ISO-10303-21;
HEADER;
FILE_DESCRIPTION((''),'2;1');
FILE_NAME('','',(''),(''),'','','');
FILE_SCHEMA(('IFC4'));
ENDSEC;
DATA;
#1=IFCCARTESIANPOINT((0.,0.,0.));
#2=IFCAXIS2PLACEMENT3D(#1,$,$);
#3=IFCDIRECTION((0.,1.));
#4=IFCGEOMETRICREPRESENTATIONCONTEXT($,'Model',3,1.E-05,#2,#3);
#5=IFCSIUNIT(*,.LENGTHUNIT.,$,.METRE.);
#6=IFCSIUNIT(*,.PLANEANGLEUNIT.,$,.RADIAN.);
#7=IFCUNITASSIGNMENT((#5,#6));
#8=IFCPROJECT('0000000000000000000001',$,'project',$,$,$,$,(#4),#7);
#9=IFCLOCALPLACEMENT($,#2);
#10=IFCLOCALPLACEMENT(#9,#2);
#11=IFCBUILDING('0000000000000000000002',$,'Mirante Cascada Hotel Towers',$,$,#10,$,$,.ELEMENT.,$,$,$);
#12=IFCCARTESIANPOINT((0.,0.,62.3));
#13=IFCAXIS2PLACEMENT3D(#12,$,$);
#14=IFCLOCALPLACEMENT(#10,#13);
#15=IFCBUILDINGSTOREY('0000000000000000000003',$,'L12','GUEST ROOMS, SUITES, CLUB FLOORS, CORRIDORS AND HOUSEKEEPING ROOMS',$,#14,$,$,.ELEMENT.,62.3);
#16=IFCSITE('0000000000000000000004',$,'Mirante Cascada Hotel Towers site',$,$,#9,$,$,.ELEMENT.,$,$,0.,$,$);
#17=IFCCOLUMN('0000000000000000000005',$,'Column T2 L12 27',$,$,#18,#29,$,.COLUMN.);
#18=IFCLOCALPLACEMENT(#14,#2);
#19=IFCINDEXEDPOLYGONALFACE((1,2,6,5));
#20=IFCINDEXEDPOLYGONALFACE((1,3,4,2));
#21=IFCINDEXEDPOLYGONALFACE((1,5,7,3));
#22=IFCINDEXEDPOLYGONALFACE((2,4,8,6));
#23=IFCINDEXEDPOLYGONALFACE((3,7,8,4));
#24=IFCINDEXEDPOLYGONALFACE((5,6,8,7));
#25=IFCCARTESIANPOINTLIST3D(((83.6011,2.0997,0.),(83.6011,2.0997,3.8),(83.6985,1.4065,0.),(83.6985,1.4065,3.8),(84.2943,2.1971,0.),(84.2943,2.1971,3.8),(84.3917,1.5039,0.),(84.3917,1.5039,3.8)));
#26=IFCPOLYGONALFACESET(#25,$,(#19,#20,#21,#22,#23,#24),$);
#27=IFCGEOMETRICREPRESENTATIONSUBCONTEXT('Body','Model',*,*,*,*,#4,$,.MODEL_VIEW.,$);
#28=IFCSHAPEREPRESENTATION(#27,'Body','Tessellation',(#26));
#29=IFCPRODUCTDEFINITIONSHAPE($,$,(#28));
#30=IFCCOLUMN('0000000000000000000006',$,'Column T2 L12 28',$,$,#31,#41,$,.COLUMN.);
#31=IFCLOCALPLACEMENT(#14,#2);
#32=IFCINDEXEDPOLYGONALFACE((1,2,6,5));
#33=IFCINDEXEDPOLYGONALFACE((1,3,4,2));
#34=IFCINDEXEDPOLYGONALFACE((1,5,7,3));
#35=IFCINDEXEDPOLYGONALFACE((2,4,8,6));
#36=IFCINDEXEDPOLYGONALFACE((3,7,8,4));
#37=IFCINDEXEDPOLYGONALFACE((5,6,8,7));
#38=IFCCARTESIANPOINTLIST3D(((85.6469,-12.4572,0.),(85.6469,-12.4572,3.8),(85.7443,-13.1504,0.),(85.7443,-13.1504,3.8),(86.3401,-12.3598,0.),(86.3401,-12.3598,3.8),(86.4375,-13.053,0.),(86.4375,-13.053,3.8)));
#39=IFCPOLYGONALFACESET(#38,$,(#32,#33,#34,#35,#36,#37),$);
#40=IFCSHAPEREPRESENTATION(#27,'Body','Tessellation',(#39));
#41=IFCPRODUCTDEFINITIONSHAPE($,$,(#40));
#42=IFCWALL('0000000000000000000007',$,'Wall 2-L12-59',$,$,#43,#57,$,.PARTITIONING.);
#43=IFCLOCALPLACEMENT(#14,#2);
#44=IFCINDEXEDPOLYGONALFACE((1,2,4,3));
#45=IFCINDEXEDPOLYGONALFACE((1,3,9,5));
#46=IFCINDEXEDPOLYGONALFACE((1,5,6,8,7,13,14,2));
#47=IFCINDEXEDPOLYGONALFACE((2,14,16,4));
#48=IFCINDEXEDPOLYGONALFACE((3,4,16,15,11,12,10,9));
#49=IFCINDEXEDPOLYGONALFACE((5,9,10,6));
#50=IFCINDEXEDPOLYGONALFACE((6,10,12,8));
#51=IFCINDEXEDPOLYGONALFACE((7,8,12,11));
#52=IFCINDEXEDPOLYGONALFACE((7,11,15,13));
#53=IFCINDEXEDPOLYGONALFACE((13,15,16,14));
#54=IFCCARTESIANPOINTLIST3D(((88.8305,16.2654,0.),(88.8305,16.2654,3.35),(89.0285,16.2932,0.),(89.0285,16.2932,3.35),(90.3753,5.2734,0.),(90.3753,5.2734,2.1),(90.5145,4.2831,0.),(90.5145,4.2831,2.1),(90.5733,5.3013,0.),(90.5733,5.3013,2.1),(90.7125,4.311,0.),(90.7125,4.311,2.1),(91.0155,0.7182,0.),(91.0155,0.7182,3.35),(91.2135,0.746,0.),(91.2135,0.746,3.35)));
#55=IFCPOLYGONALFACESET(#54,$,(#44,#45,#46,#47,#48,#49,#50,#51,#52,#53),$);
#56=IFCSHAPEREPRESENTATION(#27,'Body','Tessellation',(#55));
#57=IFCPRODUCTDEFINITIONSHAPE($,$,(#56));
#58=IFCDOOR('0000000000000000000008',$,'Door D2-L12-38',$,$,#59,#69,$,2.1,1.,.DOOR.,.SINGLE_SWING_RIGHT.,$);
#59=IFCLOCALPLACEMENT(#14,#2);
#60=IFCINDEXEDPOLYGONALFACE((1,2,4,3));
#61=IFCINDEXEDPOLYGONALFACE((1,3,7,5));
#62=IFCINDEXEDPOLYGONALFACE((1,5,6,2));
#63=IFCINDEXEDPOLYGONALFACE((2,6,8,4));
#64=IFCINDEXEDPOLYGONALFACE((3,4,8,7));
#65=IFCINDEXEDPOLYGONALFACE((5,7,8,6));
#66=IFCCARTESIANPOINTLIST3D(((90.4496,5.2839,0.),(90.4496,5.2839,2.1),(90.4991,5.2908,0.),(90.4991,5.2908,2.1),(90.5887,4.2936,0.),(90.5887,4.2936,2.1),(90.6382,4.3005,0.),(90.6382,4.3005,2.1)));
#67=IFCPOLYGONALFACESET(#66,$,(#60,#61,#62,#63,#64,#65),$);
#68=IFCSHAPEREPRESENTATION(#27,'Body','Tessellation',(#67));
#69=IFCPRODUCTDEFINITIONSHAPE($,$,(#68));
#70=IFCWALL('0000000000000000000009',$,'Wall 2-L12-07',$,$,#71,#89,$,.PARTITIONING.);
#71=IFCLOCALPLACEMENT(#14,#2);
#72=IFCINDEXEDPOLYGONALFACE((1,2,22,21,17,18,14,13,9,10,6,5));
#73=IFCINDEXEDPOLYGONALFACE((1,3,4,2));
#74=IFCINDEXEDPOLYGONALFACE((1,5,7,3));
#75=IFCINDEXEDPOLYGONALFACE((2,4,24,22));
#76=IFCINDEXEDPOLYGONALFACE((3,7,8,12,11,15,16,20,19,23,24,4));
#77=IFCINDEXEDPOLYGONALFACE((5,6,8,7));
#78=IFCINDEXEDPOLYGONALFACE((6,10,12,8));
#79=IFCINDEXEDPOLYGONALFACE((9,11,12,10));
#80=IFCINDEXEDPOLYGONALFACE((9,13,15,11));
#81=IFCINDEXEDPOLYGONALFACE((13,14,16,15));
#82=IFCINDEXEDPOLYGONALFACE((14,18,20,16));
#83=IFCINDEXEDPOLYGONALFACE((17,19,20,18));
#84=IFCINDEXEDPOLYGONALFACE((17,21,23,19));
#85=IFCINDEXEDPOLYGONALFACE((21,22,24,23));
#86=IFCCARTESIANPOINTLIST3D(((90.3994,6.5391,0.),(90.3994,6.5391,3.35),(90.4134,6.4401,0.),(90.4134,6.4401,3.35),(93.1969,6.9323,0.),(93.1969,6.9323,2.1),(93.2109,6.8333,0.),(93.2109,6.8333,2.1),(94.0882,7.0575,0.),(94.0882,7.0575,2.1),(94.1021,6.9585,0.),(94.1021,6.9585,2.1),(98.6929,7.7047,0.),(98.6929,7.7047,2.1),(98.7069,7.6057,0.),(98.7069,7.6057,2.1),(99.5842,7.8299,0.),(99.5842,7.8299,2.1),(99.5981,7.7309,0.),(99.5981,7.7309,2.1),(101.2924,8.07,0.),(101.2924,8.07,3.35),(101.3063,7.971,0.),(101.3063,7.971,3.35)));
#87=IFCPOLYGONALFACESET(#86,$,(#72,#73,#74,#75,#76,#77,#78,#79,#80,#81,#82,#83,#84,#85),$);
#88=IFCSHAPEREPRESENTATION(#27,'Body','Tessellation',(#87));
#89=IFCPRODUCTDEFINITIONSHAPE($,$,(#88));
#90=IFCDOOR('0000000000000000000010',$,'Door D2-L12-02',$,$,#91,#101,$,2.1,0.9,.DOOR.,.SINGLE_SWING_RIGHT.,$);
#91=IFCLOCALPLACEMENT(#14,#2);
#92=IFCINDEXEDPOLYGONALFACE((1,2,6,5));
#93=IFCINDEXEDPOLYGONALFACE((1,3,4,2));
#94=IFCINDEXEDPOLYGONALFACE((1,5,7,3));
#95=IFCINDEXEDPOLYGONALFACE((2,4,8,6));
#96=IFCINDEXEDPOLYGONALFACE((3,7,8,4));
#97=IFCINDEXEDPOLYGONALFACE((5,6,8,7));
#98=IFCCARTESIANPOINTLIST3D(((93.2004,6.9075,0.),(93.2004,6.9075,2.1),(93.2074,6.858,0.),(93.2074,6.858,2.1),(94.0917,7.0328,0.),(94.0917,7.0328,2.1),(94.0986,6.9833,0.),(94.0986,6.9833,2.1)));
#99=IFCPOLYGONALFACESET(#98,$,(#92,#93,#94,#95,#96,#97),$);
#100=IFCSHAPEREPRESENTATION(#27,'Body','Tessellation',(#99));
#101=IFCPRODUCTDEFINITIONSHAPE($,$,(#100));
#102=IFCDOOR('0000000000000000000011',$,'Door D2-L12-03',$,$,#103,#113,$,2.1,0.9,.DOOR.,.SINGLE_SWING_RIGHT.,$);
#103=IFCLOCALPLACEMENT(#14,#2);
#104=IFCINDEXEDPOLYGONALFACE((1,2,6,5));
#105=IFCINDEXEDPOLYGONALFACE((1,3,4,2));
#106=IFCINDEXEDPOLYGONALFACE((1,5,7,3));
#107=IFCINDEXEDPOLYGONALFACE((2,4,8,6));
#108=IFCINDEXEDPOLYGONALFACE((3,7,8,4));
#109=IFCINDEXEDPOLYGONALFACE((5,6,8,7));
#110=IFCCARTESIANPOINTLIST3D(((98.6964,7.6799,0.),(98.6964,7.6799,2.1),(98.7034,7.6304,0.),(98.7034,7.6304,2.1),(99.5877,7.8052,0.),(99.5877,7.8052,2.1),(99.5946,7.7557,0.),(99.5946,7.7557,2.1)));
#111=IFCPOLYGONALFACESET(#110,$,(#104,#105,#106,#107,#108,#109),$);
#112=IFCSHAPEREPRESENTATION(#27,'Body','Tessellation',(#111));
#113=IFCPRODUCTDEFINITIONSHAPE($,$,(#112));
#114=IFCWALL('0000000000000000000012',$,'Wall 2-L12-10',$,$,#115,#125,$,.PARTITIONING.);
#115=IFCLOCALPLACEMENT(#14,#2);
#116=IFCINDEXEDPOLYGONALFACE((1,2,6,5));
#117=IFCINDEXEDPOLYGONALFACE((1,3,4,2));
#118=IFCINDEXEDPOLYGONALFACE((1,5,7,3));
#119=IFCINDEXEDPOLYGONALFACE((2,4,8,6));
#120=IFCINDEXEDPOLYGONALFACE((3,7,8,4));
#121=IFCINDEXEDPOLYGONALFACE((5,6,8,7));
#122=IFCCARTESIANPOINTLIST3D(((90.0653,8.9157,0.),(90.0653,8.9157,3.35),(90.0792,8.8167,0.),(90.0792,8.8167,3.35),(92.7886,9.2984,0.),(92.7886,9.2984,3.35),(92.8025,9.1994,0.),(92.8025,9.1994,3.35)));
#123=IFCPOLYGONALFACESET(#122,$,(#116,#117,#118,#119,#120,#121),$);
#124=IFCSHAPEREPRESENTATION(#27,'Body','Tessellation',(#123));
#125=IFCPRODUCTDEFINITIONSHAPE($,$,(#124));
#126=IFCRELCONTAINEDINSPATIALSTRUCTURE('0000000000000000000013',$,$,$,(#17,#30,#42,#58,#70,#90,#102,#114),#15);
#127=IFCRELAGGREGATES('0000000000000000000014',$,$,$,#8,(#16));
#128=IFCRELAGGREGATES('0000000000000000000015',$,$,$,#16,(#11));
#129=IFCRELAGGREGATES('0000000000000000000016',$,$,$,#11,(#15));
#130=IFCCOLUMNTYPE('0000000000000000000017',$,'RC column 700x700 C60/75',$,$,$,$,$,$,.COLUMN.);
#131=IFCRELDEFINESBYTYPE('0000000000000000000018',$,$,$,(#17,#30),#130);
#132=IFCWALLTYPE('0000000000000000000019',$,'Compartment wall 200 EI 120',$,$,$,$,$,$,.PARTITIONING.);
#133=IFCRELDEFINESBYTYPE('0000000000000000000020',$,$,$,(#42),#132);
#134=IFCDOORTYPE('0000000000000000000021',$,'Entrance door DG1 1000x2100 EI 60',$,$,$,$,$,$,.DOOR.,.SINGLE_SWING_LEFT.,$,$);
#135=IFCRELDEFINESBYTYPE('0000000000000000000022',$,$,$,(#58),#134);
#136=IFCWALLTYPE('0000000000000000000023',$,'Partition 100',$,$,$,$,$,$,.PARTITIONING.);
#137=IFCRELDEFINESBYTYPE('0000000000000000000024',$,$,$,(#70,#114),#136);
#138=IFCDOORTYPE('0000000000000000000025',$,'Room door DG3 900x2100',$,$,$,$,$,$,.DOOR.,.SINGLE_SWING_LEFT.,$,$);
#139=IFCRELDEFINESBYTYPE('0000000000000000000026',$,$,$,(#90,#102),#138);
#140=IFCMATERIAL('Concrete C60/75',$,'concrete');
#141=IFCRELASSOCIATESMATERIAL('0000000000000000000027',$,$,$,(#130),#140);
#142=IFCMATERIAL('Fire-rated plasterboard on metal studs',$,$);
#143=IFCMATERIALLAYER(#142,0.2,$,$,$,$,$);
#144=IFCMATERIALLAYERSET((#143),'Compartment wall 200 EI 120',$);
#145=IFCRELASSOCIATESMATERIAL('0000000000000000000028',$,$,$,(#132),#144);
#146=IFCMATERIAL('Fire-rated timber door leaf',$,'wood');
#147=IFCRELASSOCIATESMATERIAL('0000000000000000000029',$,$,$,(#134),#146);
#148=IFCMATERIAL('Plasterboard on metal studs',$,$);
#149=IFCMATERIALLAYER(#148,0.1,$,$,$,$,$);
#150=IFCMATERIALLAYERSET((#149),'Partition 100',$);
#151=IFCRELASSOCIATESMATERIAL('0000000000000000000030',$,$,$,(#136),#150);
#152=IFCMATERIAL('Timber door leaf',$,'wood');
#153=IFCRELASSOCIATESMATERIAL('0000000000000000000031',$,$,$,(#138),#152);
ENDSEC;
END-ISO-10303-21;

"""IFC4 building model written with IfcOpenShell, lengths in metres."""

from ifc_helpers import new_model, si_unit, direction, frame, frame_2d, origin, origin_2d, place, context, subcontext, project, spatial, rectangle, extrude, material, layer, layer_set, material_profile, profile_set, type_object, element, fill, save


model = new_model("IFC4")

# Units and contexts
model_context = context("Model", 3, precision=1e-05, world=origin(), true_north=direction((0.0, 1.0)))
body_context = subcontext(model_context, "Body", "Model", "MODEL_VIEW")
ifc_project = project(units=[si_unit("LENGTHUNIT", "METRE"), si_unit("PLANEANGLEUNIT", "RADIAN")], contexts=[model_context])

# Site, building, storey
site_placement = place(None, origin())
site = spatial("IfcSite", under=ifc_project, at=site_placement, Name="Mirante Cascada Hotel Towers site", CompositionType="ELEMENT", RefElevation=0.0)
building_placement = place(site_placement, origin())
building = spatial("IfcBuilding", under=site, at=building_placement, Name="Mirante Cascada Hotel Towers", CompositionType="ELEMENT")
storey_placement = place(building_placement, frame((0.0, 0.0, 62.3)))
storey = spatial("IfcBuildingStorey", under=building, at=storey_placement, Name="L12", Description="GUEST ROOMS, SUITES, CLUB FLOORS, CORRIDORS AND HOUSEKEEPING ROOMS", CompositionType="ELEMENT", Elevation=62.3)

# Columns
ifc_material_1 = material(Name="Concrete C60/75", Category="concrete")
ifc_material_profile = material_profile(ifc_material_1, rectangle(XDim=0.7, YDim=0.7, at=origin_2d()), Name="RC column 700x700 C60/75")
ifc_profile_set = profile_set([ifc_material_profile], Name="Concrete C60/75")
column_type = type_object("IfcColumnType", Name="RC column 700x700 C60/75", PredefinedType="COLUMN", material=ifc_profile_set)
for number, where, z_axis, x_axis, name in (
    (1, (83.9964, 1.8018, 0.0), (0.0, 0.0, 1.0), (0.990268, 0.139173, 0.0), "Column T2 L12 27"),
    (2, (86.0422, -12.7551, 0.0), (0.0, 0.0, 1.0), (0.990268, 0.139173, 0.0), "Column T2 L12 28"),
):
    element("IfcColumn", number, at=place(storey_placement, frame(where, z_axis=z_axis, x_axis=x_axis)), inside=storey, type_object=column_type, Name=name, PredefinedType="COLUMN", context=body_context, shape_type="SweptSolid", body=[
        extrude(rectangle(XDim=0.7, YDim=0.7, at=origin_2d()), origin(), (0.0, 0.0, 1.0), 3.8),
    ])

# Wall, opening, door
ifc_material_2 = material(Name="Fire-rated plasterboard on metal studs")
ifc_layer_1 = layer(ifc_material_2, 0.2)
ifc_layer_set_1 = layer_set([ifc_layer_1], Name="Compartment wall 200 EI 120")
wall_type_1 = type_object("IfcWallType", Name="Compartment wall 200 EI 120", PredefinedType="PARTITIONING", material=ifc_layer_set_1)
wall_1_placement = place(storey_placement, frame((91.1145, 0.7321, 0.0), z_axis=(0.0, 0.0, 1.0), x_axis=(-0.139172, 0.990268, 0.0)))
wall_1 = element("IfcWall", 3, at=wall_1_placement, inside=storey, type_object=wall_type_1, Name="Wall 2-L12-59", PredefinedType="PARTITIONING", context=body_context, shape_type="SweptSolid", body=[
    extrude(rectangle(XDim=15.7, YDim=0.2, at=frame_2d((7.85, 0.0))), origin(), (0.0, 0.0, 1.0), 3.35),
])
opening_1_placement = place(wall_1_placement, frame((3.6, 0.0, 0.0)))
opening_1 = element("IfcOpeningElement", 4, at=opening_1_placement, cuts=wall_1, PredefinedType="OPENING", context=body_context, shape_type="SweptSolid", body=[
    extrude(rectangle(XDim=1.0, YDim=2.1, at=frame_2d((0.5, 1.05))), frame((0.0, 0.1, 0.0), z_axis=(0.0, -1.0, 0.0), x_axis=(1.0, 0.0, 0.0)), (0.0, 0.0, 1.0), 0.2),
])
ifc_material_3 = material(Name="Fire-rated timber door leaf", Category="wood")
door_type_1 = type_object("IfcDoorType", Name="Entrance door DG1 1000x2100 EI 60", OperationType="SINGLE_SWING_LEFT", PredefinedType="DOOR", material=ifc_material_3)
door_1_placement = place(opening_1_placement, frame((1.0, 0.0, 0.0), z_axis=(0.0, 0.0, 1.0), x_axis=(-1.0, 0.0, 0.0)))
door_1 = element("IfcDoor", 5, at=door_1_placement, inside=storey, type_object=door_type_1, Name="Door D2-L12-38", OperationType="SINGLE_SWING_RIGHT", OverallHeight=2.1, OverallWidth=1.0, PredefinedType="DOOR", context=body_context, shape_type="SweptSolid", body=[
    extrude(rectangle(XDim=1.0, YDim=2.1, at=frame_2d((0.5, 1.05))), frame((0.0, 0.025, 0.0), z_axis=(0.0, -1.0, 0.0), x_axis=(1.0, 0.0, 0.0)), (0.0, 0.0, 1.0), 0.05),
])
fill(opening_1, door_1)

# Wall, openings, doors
ifc_material_4 = material(Name="Plasterboard on metal studs")
ifc_layer_2 = layer(ifc_material_4, 0.1)
ifc_layer_set_2 = layer_set([ifc_layer_2], Name="Partition 100")
wall_type_2 = type_object("IfcWallType", Name="Partition 100", PredefinedType="PARTITIONING", material=ifc_layer_set_2)
wall_2_placement = place(storey_placement, frame((90.4064, 6.4896, 0.0), z_axis=(0.0, 0.0, 1.0), x_axis=(0.990268, 0.139173, 0.0)))
wall_2 = element("IfcWall", 6, at=wall_2_placement, inside=storey, type_object=wall_type_2, Name="Wall 2-L12-07", PredefinedType="PARTITIONING", context=body_context, shape_type="SweptSolid", body=[
    extrude(rectangle(XDim=11.0, YDim=0.1, at=frame_2d((5.5, 0.0))), origin(), (0.0, 0.0, 1.0), 3.35),
])
opening_2_placement = place(wall_2_placement, frame((2.825, 0.0, 0.0)))
opening_2 = element("IfcOpeningElement", 7, at=opening_2_placement, cuts=wall_2, PredefinedType="OPENING", context=body_context, shape_type="SweptSolid", body=[
    extrude(rectangle(XDim=0.9, YDim=2.1, at=frame_2d((0.45, 1.05))), frame((0.0, 0.05, 0.0), z_axis=(0.0, -1.0, 0.0), x_axis=(1.0, 0.0, 0.0)), (0.0, 0.0, 1.0), 0.1),
])
opening_3_placement = place(wall_2_placement, frame((8.375, 0.0, 0.0)))
opening_3 = element("IfcOpeningElement", 8, at=opening_3_placement, cuts=wall_2, PredefinedType="OPENING", context=body_context, shape_type="SweptSolid", body=[
    extrude(rectangle(XDim=0.9, YDim=2.1, at=frame_2d((0.45, 1.05))), frame((0.0, 0.05, 0.0), z_axis=(0.0, -1.0, 0.0), x_axis=(1.0, 0.0, 0.0)), (0.0, 0.0, 1.0), 0.1),
])
ifc_material_5 = material(Name="Timber door leaf", Category="wood")
door_type_2 = type_object("IfcDoorType", Name="Room door DG3 900x2100", OperationType="SINGLE_SWING_LEFT", PredefinedType="DOOR", material=ifc_material_5)
door_2_placement = place(opening_2_placement, frame((0.9, 0.0, 0.0), z_axis=(0.0, 0.0, 1.0), x_axis=(-1.0, 0.0, 0.0)))
door_2 = element("IfcDoor", 9, at=door_2_placement, inside=storey, type_object=door_type_2, Name="Door D2-L12-02", OperationType="SINGLE_SWING_RIGHT", OverallHeight=2.1, OverallWidth=0.9, PredefinedType="DOOR", context=body_context, shape_type="SweptSolid", body=[
    extrude(rectangle(XDim=0.9, YDim=2.1, at=frame_2d((0.45, 1.05))), frame((0.0, 0.025, 0.0), z_axis=(0.0, -1.0, 0.0), x_axis=(1.0, 0.0, 0.0)), (0.0, 0.0, 1.0), 0.05),
])
fill(opening_2, door_2)
door_3_placement = place(opening_3_placement, frame((0.9, 0.0, 0.0), z_axis=(0.0, 0.0, 1.0), x_axis=(-1.0, 0.0, 0.0)))
door_3 = element("IfcDoor", 10, at=door_3_placement, inside=storey, type_object=door_type_2, Name="Door D2-L12-03", OperationType="SINGLE_SWING_RIGHT", OverallHeight=2.1, OverallWidth=0.9, PredefinedType="DOOR", context=body_context, shape_type="SweptSolid", body=[
    extrude(rectangle(XDim=0.9, YDim=2.1, at=frame_2d((0.45, 1.05))), frame((0.0, 0.025, 0.0), z_axis=(0.0, -1.0, 0.0), x_axis=(1.0, 0.0, 0.0)), (0.0, 0.0, 1.0), 0.05),
])
fill(opening_3, door_3)

# Wall
wall_3_placement = place(storey_placement, frame((92.7956, 9.2489, 0.0), z_axis=(0.0, 0.0, 1.0), x_axis=(-0.99027, -0.139161, 0.0)))
element("IfcWall", 11, at=wall_3_placement, inside=storey, type_object=wall_type_2, Name="Wall 2-L12-10", PredefinedType="PARTITIONING", context=body_context, shape_type="SweptSolid", body=[
    extrude(rectangle(XDim=2.7501, YDim=0.1, at=frame_2d((1.3751, 0.0))), origin(), (0.0, 0.0, 1.0), 3.35),
])

save(model, "model.ifc")
